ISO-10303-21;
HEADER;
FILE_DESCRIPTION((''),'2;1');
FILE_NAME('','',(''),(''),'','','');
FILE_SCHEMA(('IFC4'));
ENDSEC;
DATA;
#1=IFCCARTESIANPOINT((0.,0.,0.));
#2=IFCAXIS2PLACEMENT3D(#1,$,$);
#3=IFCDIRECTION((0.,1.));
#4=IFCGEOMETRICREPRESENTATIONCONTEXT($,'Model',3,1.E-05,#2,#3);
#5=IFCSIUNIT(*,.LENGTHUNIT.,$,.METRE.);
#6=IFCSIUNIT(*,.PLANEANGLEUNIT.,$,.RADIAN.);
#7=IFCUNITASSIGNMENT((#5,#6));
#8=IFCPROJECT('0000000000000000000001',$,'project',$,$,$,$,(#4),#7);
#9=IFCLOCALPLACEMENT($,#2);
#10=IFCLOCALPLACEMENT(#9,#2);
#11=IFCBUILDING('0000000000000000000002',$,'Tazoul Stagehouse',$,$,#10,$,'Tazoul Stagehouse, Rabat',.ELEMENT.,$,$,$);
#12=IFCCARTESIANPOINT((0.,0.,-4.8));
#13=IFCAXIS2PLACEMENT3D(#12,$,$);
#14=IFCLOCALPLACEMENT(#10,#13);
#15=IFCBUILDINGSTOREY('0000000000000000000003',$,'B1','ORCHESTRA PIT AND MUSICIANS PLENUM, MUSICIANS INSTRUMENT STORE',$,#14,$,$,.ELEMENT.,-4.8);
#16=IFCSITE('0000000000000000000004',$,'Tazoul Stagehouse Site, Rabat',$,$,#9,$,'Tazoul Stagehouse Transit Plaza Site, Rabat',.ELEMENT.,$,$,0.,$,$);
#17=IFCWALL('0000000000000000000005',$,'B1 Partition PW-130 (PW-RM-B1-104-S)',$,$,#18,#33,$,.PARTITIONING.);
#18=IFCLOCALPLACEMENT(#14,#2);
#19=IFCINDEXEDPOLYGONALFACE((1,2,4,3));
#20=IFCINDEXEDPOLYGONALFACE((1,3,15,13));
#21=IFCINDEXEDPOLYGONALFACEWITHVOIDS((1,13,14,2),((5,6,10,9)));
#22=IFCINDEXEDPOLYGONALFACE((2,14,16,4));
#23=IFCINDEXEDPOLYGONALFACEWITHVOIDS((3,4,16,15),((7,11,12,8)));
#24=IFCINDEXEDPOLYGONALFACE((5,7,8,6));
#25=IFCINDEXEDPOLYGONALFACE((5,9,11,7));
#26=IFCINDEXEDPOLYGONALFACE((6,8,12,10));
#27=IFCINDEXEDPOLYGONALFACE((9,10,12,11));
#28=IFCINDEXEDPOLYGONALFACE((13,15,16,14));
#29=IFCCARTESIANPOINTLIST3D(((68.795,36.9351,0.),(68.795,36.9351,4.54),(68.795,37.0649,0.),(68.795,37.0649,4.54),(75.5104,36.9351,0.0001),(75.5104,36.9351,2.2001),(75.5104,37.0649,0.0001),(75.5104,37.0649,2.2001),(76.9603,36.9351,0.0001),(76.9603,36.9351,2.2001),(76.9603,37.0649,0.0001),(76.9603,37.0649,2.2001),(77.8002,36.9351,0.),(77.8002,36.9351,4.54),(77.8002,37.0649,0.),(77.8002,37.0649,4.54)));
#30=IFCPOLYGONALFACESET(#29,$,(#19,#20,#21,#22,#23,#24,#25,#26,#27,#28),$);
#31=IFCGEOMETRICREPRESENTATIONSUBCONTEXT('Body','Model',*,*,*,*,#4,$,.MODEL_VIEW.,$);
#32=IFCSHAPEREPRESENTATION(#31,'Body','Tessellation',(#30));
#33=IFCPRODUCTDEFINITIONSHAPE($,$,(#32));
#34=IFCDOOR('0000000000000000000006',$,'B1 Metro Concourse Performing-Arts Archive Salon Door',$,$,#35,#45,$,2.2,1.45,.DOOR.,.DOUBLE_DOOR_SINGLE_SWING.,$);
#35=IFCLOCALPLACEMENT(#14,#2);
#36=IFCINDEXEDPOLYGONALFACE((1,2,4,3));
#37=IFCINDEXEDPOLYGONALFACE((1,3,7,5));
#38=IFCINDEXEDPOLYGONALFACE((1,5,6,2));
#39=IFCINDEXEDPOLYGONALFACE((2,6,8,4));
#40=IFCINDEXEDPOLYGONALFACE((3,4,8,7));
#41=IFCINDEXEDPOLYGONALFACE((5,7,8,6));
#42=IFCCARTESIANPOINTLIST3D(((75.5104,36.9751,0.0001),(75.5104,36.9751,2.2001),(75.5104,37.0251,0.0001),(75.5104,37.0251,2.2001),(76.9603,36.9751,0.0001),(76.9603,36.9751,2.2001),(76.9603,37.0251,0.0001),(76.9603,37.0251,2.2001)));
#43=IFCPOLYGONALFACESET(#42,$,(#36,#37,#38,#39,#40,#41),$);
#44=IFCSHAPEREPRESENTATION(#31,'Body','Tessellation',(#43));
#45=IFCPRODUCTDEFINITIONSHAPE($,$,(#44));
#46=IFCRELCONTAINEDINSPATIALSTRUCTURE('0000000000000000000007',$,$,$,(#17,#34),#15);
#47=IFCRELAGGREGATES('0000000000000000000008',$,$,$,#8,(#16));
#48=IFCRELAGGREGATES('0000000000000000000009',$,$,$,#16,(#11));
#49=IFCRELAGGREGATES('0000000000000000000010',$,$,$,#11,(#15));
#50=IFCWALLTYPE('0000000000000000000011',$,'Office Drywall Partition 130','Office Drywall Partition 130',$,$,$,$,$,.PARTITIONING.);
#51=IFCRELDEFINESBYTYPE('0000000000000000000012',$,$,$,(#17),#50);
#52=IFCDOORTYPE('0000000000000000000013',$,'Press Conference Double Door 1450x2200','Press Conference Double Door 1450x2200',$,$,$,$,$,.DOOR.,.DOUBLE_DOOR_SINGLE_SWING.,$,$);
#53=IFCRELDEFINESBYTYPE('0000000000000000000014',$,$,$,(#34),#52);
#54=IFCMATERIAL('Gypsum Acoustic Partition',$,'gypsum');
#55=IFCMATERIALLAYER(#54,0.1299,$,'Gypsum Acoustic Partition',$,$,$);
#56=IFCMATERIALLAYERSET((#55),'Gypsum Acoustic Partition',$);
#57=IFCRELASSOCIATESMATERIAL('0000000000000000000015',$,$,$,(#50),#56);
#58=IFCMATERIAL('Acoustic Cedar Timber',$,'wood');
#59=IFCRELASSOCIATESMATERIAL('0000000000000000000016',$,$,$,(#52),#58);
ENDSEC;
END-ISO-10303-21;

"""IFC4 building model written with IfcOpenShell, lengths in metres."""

from ifc_helpers import new_model, si_unit, direction, frame, frame_2d, origin, place, context, subcontext, project, spatial, rectangle, extrude, material, layer, layer_set, type_object, element, fill, save


model = new_model("IFC4")

# Units and contexts
model_context = context("Model", 3, precision=1e-05, world=origin(), true_north=direction((0.0, 1.0)))
body_context = subcontext(model_context, "Body", "Model", "MODEL_VIEW")
ifc_project = project(units=[si_unit("LENGTHUNIT", "METRE"), si_unit("PLANEANGLEUNIT", "RADIAN")], contexts=[model_context])

# Site, building, storey
site_placement = place(None, origin())
site = spatial("IfcSite", under=ifc_project, at=site_placement, Name="Tazoul Stagehouse Site, Rabat", LongName="Tazoul Stagehouse Transit Plaza Site, Rabat", CompositionType="ELEMENT", RefElevation=0.0)
building_placement = place(site_placement, origin())
building = spatial("IfcBuilding", under=site, at=building_placement, Name="Tazoul Stagehouse", LongName="Tazoul Stagehouse, Rabat", CompositionType="ELEMENT")
storey_placement = place(building_placement, frame((0.0, 0.0, -4.8)))
storey = spatial("IfcBuildingStorey", under=building, at=storey_placement, Name="B1", Description="ORCHESTRA PIT AND MUSICIANS PLENUM, MUSICIANS INSTRUMENT STORE", CompositionType="ELEMENT", Elevation=-4.8)

# Shared definitions
ifc_material_1 = material(Name="Gypsum Acoustic Partition", Category="gypsum")

# Wall, opening, door
ifc_layer_1 = layer(ifc_material_1, 0.1299, Name="Gypsum Acoustic Partition")
ifc_layer_set_1 = layer_set([ifc_layer_1], Name="Gypsum Acoustic Partition")
wall_type_1 = type_object("IfcWallType", Name="Office Drywall Partition 130", Description="Office Drywall Partition 130", PredefinedType="PARTITIONING", material=ifc_layer_set_1)
ifc_material_2 = material(Name="Acoustic Cedar Timber", Category="wood")
wall_1_placement = place(storey_placement, frame((77.8, 37.0, 0.0), z_axis=(0.0, 0.0, 1.0), x_axis=(-1.0, 0.0, 0.0)))
wall_1 = element("IfcWall", 1, at=wall_1_placement, inside=storey, type_object=wall_type_1, Name="B1 Partition PW-130 (PW-RM-B1-104-S)", PredefinedType="PARTITIONING", context=body_context, shape_type="SweptSolid", body=[
    extrude(rectangle(XDim=9.0051, YDim=0.1299, at=frame_2d((4.5024, 0.0))), origin(), (0.0, 0.0, 1.0), 4.54),
])
opening_1_placement = place(wall_1_placement, frame((0.8396, 0.0, 0.0)))
opening_1 = element("IfcOpeningElement", 2, at=opening_1_placement, cuts=wall_1, PredefinedType="OPENING", context=body_context, shape_type="SweptSolid", body=[
    extrude(rectangle(XDim=1.45, YDim=2.2, at=frame_2d((0.7251, 1.1001))), frame((0.0, 0.085, 0.0), z_axis=(0.0, -1.0, 0.0), x_axis=(1.0, 0.0, 0.0)), (0.0, 0.0, 1.0), 0.1699),
])
door_type_1 = type_object("IfcDoorType", Name="Press Conference Double Door 1450x2200", Description="Press Conference Double Door 1450x2200", OperationType="DOUBLE_DOOR_SINGLE_SWING", PredefinedType="DOOR", material=ifc_material_2)
door_1_placement = place(opening_1_placement, origin())
door_1 = element("IfcDoor", 3, at=door_1_placement, inside=storey, type_object=door_type_1, Name="B1 Metro Concourse Performing-Arts Archive Salon Door", OperationType="DOUBLE_DOOR_SINGLE_SWING", OverallHeight=2.2, OverallWidth=1.45, PredefinedType="DOOR", context=body_context, shape_type="SweptSolid", body=[
    extrude(rectangle(XDim=1.45, YDim=2.2, at=frame_2d((0.7251, 1.1001))), frame((0.0, 0.0249, 0.0), z_axis=(0.0, -1.0, 0.0), x_axis=(1.0, 0.0, 0.0)), (0.0, 0.0, 1.0), 0.05),
])
fill(opening_1, door_1)

save(model, "model.ifc")
